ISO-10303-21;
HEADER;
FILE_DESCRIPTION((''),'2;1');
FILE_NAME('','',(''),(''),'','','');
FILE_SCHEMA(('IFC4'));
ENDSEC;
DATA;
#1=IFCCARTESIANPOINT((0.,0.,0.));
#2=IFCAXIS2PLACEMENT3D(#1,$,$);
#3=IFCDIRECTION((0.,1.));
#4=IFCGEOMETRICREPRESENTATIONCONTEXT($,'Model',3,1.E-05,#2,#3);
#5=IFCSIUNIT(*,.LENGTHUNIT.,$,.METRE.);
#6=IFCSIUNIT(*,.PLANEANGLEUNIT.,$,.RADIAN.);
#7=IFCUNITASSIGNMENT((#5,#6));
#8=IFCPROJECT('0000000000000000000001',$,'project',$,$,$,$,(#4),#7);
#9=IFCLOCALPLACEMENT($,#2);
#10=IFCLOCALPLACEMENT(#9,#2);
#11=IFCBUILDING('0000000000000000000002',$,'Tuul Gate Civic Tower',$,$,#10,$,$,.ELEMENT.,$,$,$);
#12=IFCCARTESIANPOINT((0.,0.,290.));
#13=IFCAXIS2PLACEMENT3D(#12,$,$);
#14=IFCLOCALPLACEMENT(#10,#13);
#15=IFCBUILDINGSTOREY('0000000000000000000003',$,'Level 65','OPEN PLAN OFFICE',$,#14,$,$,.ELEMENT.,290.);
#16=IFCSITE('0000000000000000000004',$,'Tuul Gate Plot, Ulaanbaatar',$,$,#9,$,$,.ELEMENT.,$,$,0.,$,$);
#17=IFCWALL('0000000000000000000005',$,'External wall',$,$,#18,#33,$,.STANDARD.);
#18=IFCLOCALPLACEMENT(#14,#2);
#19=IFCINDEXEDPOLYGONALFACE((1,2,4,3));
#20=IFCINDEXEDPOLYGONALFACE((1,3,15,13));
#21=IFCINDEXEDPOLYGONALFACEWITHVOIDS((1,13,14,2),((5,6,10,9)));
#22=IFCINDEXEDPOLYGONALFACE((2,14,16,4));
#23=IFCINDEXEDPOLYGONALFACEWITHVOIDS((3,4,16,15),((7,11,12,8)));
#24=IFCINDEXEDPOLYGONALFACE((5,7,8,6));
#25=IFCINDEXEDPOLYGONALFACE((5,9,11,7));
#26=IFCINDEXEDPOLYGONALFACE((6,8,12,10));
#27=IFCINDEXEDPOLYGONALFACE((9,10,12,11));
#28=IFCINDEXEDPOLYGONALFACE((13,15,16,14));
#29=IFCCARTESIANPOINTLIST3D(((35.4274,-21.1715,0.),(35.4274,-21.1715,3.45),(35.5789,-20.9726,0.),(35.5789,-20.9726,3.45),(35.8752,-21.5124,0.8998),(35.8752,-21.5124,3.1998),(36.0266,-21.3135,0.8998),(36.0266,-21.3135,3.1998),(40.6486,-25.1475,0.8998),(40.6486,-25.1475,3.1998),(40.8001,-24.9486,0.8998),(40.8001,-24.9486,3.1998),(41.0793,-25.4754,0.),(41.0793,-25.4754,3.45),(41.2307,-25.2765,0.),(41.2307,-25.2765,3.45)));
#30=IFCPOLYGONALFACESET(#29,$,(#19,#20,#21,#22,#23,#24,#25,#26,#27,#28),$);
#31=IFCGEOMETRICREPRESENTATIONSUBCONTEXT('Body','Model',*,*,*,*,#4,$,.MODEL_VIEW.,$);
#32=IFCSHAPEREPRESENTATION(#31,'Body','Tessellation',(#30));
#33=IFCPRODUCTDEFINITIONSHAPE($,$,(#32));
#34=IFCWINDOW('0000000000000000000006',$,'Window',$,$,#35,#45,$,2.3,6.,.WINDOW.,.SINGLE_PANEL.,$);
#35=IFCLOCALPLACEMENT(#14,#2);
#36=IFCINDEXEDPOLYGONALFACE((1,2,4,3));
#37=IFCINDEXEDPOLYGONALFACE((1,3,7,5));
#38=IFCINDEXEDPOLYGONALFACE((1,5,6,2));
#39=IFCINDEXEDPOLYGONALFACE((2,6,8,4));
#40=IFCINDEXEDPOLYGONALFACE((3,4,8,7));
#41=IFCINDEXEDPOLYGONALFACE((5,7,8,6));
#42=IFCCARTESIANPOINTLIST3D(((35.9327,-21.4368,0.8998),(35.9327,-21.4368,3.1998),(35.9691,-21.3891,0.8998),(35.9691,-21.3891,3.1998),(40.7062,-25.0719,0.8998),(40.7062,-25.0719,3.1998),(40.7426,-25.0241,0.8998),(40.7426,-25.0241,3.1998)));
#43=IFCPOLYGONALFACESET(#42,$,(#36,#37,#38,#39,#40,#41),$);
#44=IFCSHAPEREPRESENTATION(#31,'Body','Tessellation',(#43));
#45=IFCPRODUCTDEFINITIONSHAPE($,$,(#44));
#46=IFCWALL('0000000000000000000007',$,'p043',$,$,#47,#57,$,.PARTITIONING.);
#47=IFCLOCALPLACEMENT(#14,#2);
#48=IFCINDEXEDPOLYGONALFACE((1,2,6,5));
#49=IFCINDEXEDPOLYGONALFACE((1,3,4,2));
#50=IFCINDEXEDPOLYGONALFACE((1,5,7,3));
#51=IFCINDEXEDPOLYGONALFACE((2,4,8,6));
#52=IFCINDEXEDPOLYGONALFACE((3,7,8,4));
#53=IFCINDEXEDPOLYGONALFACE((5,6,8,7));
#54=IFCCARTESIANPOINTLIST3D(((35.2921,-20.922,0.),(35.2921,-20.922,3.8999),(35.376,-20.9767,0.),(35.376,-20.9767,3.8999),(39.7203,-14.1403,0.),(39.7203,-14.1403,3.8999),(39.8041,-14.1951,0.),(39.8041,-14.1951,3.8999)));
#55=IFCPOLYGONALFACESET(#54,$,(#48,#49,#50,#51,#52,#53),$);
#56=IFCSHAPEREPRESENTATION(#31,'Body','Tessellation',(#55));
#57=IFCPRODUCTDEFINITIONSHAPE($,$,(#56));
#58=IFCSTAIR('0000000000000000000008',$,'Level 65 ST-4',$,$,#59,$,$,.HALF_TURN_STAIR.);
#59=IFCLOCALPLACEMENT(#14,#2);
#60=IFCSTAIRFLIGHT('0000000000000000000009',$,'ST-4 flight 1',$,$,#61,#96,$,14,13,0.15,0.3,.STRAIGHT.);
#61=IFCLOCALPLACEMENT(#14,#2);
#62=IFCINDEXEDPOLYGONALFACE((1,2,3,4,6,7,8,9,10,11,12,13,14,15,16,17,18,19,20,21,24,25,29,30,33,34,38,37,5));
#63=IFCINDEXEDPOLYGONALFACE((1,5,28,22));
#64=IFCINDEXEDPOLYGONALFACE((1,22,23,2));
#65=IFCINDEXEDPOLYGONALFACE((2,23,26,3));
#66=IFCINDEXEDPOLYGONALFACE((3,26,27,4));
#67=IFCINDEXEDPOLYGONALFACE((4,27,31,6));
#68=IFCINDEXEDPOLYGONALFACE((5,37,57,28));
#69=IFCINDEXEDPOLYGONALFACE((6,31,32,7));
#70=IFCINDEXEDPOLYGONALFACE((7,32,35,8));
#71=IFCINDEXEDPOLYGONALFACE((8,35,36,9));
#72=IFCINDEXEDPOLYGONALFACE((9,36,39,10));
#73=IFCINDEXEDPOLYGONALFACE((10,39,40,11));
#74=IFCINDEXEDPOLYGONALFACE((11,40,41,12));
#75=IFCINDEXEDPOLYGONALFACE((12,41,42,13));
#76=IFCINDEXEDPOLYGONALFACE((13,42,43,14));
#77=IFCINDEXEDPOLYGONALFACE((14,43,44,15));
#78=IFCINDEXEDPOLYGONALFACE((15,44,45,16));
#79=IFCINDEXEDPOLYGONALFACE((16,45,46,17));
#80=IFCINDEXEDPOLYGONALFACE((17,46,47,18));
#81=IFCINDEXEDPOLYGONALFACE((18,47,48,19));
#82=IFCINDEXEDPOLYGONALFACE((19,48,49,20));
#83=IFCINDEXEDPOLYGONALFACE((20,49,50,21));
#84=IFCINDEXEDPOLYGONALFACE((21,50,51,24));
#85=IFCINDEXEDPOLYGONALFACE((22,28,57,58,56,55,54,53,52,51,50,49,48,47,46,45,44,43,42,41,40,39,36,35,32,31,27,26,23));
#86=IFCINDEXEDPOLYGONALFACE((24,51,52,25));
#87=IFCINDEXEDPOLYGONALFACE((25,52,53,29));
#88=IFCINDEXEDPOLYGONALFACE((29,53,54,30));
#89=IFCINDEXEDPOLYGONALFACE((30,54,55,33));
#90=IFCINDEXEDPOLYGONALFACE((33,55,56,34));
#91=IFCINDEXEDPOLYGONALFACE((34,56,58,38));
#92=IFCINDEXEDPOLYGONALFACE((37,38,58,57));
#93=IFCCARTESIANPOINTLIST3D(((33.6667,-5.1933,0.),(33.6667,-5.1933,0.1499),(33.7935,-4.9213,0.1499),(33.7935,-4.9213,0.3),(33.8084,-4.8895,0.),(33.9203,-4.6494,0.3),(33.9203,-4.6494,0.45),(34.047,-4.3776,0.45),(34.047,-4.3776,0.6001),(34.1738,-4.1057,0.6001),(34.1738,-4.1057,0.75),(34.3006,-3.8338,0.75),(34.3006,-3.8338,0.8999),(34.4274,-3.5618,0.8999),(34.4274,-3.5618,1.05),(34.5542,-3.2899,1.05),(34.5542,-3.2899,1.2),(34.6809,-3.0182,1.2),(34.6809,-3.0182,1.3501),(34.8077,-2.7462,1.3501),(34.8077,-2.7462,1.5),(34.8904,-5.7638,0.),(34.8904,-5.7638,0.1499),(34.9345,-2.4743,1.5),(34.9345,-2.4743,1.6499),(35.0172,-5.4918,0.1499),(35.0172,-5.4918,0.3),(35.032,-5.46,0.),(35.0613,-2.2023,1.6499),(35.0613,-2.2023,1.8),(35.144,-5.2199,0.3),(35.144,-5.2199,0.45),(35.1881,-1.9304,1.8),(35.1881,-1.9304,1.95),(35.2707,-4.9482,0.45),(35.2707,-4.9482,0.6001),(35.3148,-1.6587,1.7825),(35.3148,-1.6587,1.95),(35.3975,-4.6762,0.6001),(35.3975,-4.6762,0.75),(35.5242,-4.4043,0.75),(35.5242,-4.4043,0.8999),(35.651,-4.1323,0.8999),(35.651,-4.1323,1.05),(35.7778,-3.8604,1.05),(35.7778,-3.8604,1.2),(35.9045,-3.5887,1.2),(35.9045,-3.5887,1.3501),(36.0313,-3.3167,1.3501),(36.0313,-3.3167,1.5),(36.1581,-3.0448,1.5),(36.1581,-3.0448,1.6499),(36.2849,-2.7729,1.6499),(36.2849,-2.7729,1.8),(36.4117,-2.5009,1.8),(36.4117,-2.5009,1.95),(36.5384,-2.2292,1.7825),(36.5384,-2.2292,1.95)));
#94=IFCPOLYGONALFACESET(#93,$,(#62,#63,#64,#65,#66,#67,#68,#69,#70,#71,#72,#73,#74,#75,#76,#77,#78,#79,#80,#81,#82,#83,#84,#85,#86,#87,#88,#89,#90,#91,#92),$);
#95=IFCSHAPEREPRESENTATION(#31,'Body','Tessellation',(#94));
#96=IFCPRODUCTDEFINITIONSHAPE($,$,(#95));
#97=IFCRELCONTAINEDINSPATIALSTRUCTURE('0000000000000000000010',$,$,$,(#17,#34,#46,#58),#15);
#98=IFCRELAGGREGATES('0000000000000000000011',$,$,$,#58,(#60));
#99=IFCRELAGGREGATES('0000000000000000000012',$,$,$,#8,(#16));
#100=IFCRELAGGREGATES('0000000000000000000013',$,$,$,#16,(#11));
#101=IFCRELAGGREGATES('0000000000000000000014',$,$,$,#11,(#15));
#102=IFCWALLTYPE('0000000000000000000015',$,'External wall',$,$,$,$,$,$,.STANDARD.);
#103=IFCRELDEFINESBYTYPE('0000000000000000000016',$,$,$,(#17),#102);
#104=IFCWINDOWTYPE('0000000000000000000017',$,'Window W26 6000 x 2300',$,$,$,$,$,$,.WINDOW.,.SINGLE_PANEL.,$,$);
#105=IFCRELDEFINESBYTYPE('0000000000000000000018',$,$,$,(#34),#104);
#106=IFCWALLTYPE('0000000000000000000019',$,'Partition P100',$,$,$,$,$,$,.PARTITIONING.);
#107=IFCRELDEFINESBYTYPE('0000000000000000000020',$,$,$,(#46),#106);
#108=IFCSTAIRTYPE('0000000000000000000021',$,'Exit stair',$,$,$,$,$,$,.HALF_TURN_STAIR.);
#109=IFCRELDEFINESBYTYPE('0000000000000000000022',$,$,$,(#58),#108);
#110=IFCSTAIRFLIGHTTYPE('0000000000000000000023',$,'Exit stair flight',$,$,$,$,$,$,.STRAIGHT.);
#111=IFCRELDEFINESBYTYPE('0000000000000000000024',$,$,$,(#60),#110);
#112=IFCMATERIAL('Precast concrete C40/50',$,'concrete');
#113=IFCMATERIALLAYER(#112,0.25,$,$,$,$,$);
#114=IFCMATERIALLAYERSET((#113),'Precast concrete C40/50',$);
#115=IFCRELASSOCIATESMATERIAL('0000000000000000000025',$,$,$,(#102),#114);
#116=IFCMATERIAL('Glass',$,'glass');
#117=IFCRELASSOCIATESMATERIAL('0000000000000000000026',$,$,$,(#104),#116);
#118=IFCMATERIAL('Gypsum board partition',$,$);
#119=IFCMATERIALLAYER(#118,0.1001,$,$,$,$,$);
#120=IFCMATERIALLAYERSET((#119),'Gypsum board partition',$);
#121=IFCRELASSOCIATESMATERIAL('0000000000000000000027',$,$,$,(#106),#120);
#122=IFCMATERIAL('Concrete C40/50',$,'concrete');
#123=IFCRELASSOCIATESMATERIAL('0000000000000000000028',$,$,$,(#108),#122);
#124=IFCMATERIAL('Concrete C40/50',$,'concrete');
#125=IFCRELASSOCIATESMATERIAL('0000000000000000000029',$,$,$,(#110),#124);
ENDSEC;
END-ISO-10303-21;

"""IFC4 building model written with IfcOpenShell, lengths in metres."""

from ifc_helpers import new_model, si_unit, direction, frame, frame_2d, origin, place, context, subcontext, project, spatial, polyline, rectangle, outline, extrude, material, layer, layer_set, type_object, element, fill, aggregate, save


model = new_model("IFC4")

# Units and contexts
model_context = context("Model", 3, precision=1e-05, world=origin(), true_north=direction((0.0, 1.0)))
body_context = subcontext(model_context, "Body", "Model", "MODEL_VIEW")
ifc_project = project(units=[si_unit("LENGTHUNIT", "METRE"), si_unit("PLANEANGLEUNIT", "RADIAN")], contexts=[model_context])

# Site, building, storey
site_placement = place(None, origin())
site = spatial("IfcSite", under=ifc_project, at=site_placement, Name="Tuul Gate Plot, Ulaanbaatar", CompositionType="ELEMENT", RefElevation=0.0)
building_placement = place(site_placement, origin())
building = spatial("IfcBuilding", under=site, at=building_placement, Name="Tuul Gate Civic Tower", CompositionType="ELEMENT")
storey_placement = place(building_placement, frame((0.0, 0.0, 290.0)))
storey = spatial("IfcBuildingStorey", under=building, at=storey_placement, Name="Level 65", Description="OPEN PLAN OFFICE", CompositionType="ELEMENT", Elevation=290.0)

# Wall, opening, window
ifc_material_1 = material(Name="Precast concrete C40/50", Category="concrete")
ifc_layer_1 = layer(ifc_material_1, 0.25)
ifc_layer_set_1 = layer_set([ifc_layer_1], Name="Precast concrete C40/50")
wall_type_1 = type_object("IfcWallType", Name="External wall", PredefinedType="STANDARD", material=ifc_layer_set_1)
ifc_material_2 = material(Name="Glass", Category="glass")
window_type = type_object("IfcWindowType", Name="Window W26 6000 x 2300", PartitioningType="SINGLE_PANEL", PredefinedType="WINDOW", material=ifc_material_2)
wall_1_placement = place(storey_placement, frame((35.5032, -21.072, 0.0), z_axis=(0.0, 0.0, 1.0), x_axis=(0.795582, -0.605845, 0.0)))
wall_1 = element("IfcWall", 1, at=wall_1_placement, inside=storey, type_object=wall_type_1, Name="External wall", PredefinedType="STANDARD", context=body_context, shape_type="SweptSolid", body=[
    extrude(rectangle(XDim=7.104, YDim=0.25, at=frame_2d((3.552, 0.0))), origin(), (0.0, 0.0, 1.0), 3.45),
])
opening_1_placement = place(wall_1_placement, frame((0.5627, 0.0, 0.8999)))
opening_1 = element("IfcOpeningElement", 2, at=opening_1_placement, cuts=wall_1, PredefinedType="OPENING", context=body_context, shape_type="SweptSolid", body=[
    extrude(rectangle(XDim=6.0, YDim=2.3, at=frame_2d((3.0, 1.1499))), frame((0.0, 0.135, 0.0), z_axis=(0.0, -1.0, 0.0), x_axis=(1.0, 0.0, 0.0)), (0.0, 0.0, 1.0), 0.27),
])
window_1_placement = place(opening_1_placement, origin())
window_1 = element("IfcWindow", 3, at=window_1_placement, inside=storey, type_object=window_type, Name="Window", OverallHeight=2.3, OverallWidth=6.0, PartitioningType="SINGLE_PANEL", PredefinedType="WINDOW", context=body_context, shape_type="SweptSolid", body=[
    extrude(rectangle(XDim=6.0, YDim=2.3, at=frame_2d((3.0, 1.1499))), frame((0.0, 0.03, 0.0), z_axis=(0.0, -1.0, 0.0), x_axis=(1.0, 0.0, 0.0)), (0.0, 0.0, 1.0), 0.0601),
])
fill(opening_1, window_1)

# Wall
ifc_material_3 = material(Name="Gypsum board partition")
ifc_layer_2 = layer(ifc_material_3, 0.1001)
ifc_layer_set_2 = layer_set([ifc_layer_2], Name="Gypsum board partition")
wall_type_2 = type_object("IfcWallType", Name="Partition P100", PredefinedType="PARTITIONING", material=ifc_layer_set_2)
wall_2_placement = place(storey_placement, frame((35.334, -20.9495, 0.0), z_axis=(0.0, 0.0, 1.0), x_axis=(0.546731, 0.837308, 0.0)))
element("IfcWall", 4, at=wall_2_placement, inside=storey, type_object=wall_type_2, Name="p043", PredefinedType="PARTITIONING", context=body_context, shape_type="SweptSolid", body=[
    extrude(rectangle(XDim=8.0994, YDim=0.1001, at=frame_2d((4.0498, 0.0))), origin(), (0.0, 0.0, 1.0), 3.8999),
])

# Stair, stair flight
ifc_material_4 = material(Name="Concrete C40/50", Category="concrete")
stair_type = type_object("IfcStairType", Name="Exit stair", PredefinedType="HALF_TURN_STAIR", material=ifc_material_4)
stair_placement = place(storey_placement, origin())
stair = element("IfcStair", 5, at=stair_placement, inside=storey, type_object=stair_type, Name="Level 65 ST-4", PredefinedType="HALF_TURN_STAIR")
ifc_material_5 = material(Name="Concrete C40/50", Category="concrete")
stair_flight_type = type_object("IfcStairFlightType", Name="Exit stair flight", PredefinedType="STRAIGHT", material=ifc_material_5)
stair_flight_placement = place(storey_placement, frame((34.2786, -5.4785, 0.0), z_axis=(0.0, 0.0, 1.0), x_axis=(0.422576, 0.906327, 0.0)))
stair_flight = element("IfcStairFlight", 6, at=stair_flight_placement, type_object=stair_flight_type, Name="ST-4 flight 1", NumberOfRisers=14, NumberOfTreads=13, PredefinedType="STRAIGHT", RiserHeight=0.15, TreadLength=0.3, context=body_context, shape_type="SweptSolid", body=[
    extrude(outline(polyline([(0.0, 0.0), (0.0, 0.1499), (0.3, 0.1499), (0.3, 0.3), (0.6001, 0.3), (0.6001, 0.45), (0.8999, 0.45), (0.8999, 0.6001), (1.2, 0.6001), (1.2, 0.75), (1.5, 0.75), (1.5, 0.8999), (1.8, 0.8999), (1.8, 1.05), (2.1001, 1.05), (2.1001, 1.2), (2.3999, 1.2), (2.3999, 1.3501), (2.7, 1.3501), (2.7, 1.5), (3.0, 1.5), (3.0, 1.6499), (3.3, 1.6499), (3.3, 1.8), (3.6001, 1.8), (3.6001, 1.95), (3.8999, 1.95), (3.8999, 2.1001), (3.8999, 1.7825), (0.3352, 0.0), (0.0, 0.0)])), frame((0.0, 0.675, 0.0), z_axis=(0.0, -1.0, 0.0), x_axis=(1.0, 0.0, 0.0)), (0.0, 0.0, 1.0), 1.3501),
])
aggregate(stair, [stair_flight])

save(model, "model.ifc")
